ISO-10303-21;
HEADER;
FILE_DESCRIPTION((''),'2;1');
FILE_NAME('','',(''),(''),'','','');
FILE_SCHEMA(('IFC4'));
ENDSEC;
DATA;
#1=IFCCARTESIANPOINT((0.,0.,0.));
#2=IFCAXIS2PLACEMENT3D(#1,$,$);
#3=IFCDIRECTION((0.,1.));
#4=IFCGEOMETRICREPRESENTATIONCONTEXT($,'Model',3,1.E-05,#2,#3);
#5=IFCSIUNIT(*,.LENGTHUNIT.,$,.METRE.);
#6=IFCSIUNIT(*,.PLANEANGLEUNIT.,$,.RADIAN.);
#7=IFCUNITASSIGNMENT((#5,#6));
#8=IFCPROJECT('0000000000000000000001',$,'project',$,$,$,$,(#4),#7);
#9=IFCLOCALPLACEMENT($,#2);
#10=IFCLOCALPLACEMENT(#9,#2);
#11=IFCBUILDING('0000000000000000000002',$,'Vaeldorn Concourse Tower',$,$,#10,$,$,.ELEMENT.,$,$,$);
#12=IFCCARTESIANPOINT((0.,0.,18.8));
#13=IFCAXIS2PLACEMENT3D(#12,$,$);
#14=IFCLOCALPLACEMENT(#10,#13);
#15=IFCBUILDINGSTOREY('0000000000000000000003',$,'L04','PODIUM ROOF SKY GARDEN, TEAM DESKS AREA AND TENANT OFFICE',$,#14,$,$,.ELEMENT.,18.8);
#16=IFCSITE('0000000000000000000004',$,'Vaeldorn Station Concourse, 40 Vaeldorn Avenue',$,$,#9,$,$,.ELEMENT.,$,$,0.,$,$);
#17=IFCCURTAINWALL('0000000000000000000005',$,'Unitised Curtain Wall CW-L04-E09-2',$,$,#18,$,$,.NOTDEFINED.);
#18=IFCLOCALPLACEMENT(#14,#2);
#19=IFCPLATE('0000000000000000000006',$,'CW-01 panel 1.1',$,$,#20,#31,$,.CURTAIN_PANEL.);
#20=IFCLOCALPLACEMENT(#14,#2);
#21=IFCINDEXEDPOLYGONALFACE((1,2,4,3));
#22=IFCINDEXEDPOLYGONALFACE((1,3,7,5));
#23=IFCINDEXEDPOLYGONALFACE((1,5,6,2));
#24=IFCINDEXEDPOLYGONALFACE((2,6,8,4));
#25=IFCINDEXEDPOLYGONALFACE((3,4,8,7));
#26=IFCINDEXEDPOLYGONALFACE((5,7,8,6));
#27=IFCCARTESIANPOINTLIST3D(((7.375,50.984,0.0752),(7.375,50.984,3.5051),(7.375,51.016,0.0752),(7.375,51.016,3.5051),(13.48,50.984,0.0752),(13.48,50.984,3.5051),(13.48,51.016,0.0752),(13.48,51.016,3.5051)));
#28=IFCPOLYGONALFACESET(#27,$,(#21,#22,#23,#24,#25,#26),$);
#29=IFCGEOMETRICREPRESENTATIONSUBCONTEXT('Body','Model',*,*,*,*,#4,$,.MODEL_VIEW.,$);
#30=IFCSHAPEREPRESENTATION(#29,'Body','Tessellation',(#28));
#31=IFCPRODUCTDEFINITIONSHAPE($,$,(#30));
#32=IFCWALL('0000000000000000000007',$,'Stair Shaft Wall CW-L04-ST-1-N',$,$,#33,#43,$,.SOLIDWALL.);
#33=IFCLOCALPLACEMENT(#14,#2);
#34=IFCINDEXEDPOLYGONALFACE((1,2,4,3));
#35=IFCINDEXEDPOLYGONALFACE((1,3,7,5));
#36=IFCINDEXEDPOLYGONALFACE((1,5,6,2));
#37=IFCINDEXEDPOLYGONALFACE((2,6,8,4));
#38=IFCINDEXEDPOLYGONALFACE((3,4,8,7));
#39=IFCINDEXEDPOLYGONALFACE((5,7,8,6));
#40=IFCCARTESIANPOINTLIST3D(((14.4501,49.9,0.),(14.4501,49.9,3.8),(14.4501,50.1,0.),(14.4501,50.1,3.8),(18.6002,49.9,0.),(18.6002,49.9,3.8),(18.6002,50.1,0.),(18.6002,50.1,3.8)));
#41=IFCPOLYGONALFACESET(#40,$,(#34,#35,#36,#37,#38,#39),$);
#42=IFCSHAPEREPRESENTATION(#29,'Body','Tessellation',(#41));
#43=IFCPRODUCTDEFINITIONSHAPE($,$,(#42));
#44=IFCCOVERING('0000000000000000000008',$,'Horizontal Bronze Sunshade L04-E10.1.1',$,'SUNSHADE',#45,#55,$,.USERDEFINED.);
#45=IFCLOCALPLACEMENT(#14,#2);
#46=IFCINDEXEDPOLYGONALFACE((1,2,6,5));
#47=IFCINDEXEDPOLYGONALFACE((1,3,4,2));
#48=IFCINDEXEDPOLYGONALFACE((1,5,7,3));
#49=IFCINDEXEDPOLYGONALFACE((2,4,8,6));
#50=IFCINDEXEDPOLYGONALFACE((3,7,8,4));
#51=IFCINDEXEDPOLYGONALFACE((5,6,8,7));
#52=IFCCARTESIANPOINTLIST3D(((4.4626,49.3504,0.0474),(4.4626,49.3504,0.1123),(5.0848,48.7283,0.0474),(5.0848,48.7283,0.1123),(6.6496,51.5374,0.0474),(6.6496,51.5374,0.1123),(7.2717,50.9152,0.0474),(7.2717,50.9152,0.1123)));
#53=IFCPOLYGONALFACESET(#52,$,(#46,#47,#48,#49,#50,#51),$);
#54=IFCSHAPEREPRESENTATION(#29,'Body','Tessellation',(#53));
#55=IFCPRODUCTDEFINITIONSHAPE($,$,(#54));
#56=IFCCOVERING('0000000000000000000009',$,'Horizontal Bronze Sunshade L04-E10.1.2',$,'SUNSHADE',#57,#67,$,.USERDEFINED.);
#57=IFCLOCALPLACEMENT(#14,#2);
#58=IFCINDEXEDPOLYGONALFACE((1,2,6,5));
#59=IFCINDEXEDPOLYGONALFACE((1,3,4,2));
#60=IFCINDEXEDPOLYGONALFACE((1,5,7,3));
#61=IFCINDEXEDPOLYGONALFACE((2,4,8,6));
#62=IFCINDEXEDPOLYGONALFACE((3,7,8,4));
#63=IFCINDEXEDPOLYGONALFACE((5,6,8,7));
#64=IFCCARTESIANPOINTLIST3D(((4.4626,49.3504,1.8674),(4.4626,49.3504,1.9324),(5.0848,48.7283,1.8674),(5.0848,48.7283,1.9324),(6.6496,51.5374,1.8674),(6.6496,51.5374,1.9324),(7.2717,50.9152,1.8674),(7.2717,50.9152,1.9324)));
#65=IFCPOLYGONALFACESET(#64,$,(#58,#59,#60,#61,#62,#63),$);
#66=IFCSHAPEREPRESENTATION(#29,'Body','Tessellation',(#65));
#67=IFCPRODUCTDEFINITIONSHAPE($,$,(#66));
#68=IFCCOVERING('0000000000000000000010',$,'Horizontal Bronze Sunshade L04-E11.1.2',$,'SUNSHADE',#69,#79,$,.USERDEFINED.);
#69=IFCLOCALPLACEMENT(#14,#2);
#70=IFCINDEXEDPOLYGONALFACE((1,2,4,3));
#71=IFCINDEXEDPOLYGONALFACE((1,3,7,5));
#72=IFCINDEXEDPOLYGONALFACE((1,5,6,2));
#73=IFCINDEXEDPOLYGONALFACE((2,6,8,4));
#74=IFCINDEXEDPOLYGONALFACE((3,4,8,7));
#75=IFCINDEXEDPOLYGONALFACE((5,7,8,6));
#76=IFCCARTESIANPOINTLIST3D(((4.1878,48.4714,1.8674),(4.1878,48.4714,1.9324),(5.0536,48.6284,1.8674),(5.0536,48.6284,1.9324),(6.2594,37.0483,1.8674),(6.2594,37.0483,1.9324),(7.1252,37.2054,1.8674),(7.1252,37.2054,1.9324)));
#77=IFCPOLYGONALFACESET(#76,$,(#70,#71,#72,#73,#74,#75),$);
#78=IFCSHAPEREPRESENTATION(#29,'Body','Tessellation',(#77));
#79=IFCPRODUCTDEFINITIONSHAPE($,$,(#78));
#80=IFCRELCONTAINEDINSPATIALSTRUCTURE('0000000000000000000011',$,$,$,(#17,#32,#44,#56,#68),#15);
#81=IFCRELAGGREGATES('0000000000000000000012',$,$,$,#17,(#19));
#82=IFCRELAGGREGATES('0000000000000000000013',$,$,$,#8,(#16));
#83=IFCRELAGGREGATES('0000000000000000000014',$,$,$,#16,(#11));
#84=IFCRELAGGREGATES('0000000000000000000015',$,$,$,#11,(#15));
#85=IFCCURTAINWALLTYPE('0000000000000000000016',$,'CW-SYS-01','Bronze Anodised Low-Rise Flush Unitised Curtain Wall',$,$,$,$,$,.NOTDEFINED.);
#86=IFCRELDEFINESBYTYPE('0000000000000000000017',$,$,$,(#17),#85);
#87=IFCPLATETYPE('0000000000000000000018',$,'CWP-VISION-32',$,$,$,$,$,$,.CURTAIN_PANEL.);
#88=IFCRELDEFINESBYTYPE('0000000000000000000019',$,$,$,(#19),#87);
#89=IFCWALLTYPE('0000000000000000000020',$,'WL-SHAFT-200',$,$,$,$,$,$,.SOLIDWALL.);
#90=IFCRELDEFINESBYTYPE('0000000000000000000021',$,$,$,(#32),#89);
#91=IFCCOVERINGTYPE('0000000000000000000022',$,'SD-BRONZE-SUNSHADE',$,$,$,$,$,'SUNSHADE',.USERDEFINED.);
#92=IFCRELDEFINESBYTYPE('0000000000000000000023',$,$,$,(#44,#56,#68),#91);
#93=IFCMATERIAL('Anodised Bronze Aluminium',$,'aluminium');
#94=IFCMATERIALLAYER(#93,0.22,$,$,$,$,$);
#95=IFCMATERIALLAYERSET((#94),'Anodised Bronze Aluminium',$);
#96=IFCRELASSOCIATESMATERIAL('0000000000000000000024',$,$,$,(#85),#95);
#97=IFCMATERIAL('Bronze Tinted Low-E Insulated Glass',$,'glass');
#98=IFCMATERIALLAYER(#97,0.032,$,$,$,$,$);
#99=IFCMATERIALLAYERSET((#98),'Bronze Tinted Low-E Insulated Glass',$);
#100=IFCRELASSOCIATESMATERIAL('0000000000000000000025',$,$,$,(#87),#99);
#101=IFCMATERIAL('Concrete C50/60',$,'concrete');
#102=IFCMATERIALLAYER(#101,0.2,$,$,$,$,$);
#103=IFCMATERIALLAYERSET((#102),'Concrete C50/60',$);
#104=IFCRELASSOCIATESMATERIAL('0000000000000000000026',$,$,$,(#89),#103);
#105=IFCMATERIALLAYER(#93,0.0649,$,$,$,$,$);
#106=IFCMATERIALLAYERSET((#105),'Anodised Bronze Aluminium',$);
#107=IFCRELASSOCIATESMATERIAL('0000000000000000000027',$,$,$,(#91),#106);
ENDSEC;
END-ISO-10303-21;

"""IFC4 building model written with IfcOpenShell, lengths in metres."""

from ifc_helpers import new_model, si_unit, direction, frame, frame_2d, origin, origin_2d, place, context, subcontext, project, spatial, rectangle, extrude, source, transform, mapped, material, layer, layer_set, type_object, element, aggregate, save


model = new_model("IFC4")

# Units and contexts
model_context = context("Model", 3, precision=1e-05, world=origin(), true_north=direction((0.0, 1.0)))
body_context = subcontext(model_context, "Body", "Model", "MODEL_VIEW")
ifc_project = project(units=[si_unit("LENGTHUNIT", "METRE"), si_unit("PLANEANGLEUNIT", "RADIAN")], contexts=[model_context])

# Site, building, storey
site_placement = place(None, origin())
site = spatial("IfcSite", under=ifc_project, at=site_placement, Name="Vaeldorn Station Concourse, 40 Vaeldorn Avenue", CompositionType="ELEMENT", RefElevation=0.0)
building_placement = place(site_placement, origin())
building = spatial("IfcBuilding", under=site, at=building_placement, Name="Vaeldorn Concourse Tower", CompositionType="ELEMENT")
storey_placement = place(building_placement, frame((0.0, 0.0, 18.8)))
storey = spatial("IfcBuildingStorey", under=building, at=storey_placement, Name="L04", Description="PODIUM ROOF SKY GARDEN, TEAM DESKS AREA AND TENANT OFFICE", CompositionType="ELEMENT", Elevation=18.8)

# Curtain wall
ifc_material_1 = material(Name="Anodised Bronze Aluminium", Category="aluminium")
ifc_layer_1 = layer(ifc_material_1, 0.22)
ifc_layer_set_1 = layer_set([ifc_layer_1], Name="Anodised Bronze Aluminium")
curtain_wall_type_1 = type_object("IfcCurtainWallType", Name="CW-SYS-01", Description="Bronze Anodised Low-Rise Flush Unitised Curtain Wall", PredefinedType="NOTDEFINED", material=ifc_layer_set_1)
curtain_wall_1_placement = place(storey_placement, origin())
curtain_wall_1 = element("IfcCurtainWall", 1, at=curtain_wall_1_placement, inside=storey, type_object=curtain_wall_type_1, Name="Unitised Curtain Wall CW-L04-E09-2", PredefinedType="NOTDEFINED")

# Plate
ifc_material_2 = material(Name="Bronze Tinted Low-E Insulated Glass", Category="glass")
ifc_layer_2 = layer(ifc_material_2, 0.032)
ifc_layer_set_2 = layer_set([ifc_layer_2], Name="Bronze Tinted Low-E Insulated Glass")
plate_type = type_object("IfcPlateType", Name="CWP-VISION-32", PredefinedType="CURTAIN_PANEL", material=ifc_layer_set_2)
shared_shape_1 = source(origin(), body_context, "Body", "SweptSolid", [
    extrude(rectangle(XDim=6.105, YDim=0.032, at=origin_2d()), origin(), (0.0, 0.0, 1.0), 3.4299),
])
plate_1_placement = place(storey_placement, frame((10.4275, 51.0, 0.0752), z_axis=(0.0, 0.0, 1.0), x_axis=(-1.0, 0.0, 0.0)))
plate_1 = element("IfcPlate", 2, at=plate_1_placement, type_object=plate_type, Name="CW-01 panel 1.1", PredefinedType="CURTAIN_PANEL", context=body_context, shape_type="MappedRepresentation", body=[
    mapped(shared_shape_1, transform((0.0, 0.0, 0.0), scale=1.0)),
])
aggregate(curtain_wall_1, [plate_1])

# Wall
ifc_material_3 = material(Name="Concrete C50/60", Category="concrete")
ifc_layer_3 = layer(ifc_material_3, 0.2)
ifc_layer_set_3 = layer_set([ifc_layer_3], Name="Concrete C50/60")
wall_type = type_object("IfcWallType", Name="WL-SHAFT-200", PredefinedType="SOLIDWALL", material=ifc_layer_set_3)
wall_placement = place(storey_placement, frame((14.45, 50.0, 0.0), z_axis=(0.0, 0.0, 1.0), x_axis=(1.0, 0.0, 0.0)))
element("IfcWall", 3, at=wall_placement, inside=storey, type_object=wall_type, Name="Stair Shaft Wall CW-L04-ST-1-N", PredefinedType="SOLIDWALL", context=body_context, shape_type="SweptSolid", body=[
    extrude(rectangle(XDim=4.1501, YDim=0.2, at=frame_2d((2.0752, 0.0))), origin(), (0.0, 0.0, 1.0), 3.8),
])

# Coverings
ifc_layer_4 = layer(ifc_material_1, 0.0649)
ifc_layer_set_4 = layer_set([ifc_layer_4], Name="Anodised Bronze Aluminium")
covering_type = type_object("IfcCoveringType", Name="SD-BRONZE-SUNSHADE", ElementType="SUNSHADE", PredefinedType="USERDEFINED", material=ifc_layer_set_4)
shared_shape_2 = source(origin(), body_context, "Body", "SweptSolid", [
    extrude(rectangle(XDim=3.0928, YDim=0.8799, at=origin_2d()), origin(), (0.0, 0.0, 1.0), 0.0649),
])
for number, where, z_axis, x_axis, name in (
    (4, (5.8672, 50.1328, 0.0474), (0.0, 0.0, 1.0), (-0.707107, -0.707107, 0.0), "Horizontal Bronze Sunshade L04-E10.1.1"),
    (5, (5.8672, 50.1328, 1.8674), (0.0, 0.0, 1.0), (-0.707107, -0.707107, 0.0), "Horizontal Bronze Sunshade L04-E10.1.2"),
):
    element("IfcCovering", number, at=place(storey_placement, frame(where, z_axis=z_axis, x_axis=x_axis)), inside=storey, type_object=covering_type, Name=name, ObjectType="SUNSHADE", PredefinedType="USERDEFINED", context=body_context, shape_type="MappedRepresentation", body=[
        mapped(shared_shape_2, transform((0.0, 0.0, 0.0), scale=1.0)),
    ])
shared_shape_3 = source(origin(), body_context, "Body", "SweptSolid", [
    extrude(rectangle(XDim=11.6094, YDim=0.8799, at=origin_2d()), origin(), (0.0, 0.0, 1.0), 0.0649),
])
covering_placement = place(storey_placement, frame((5.6565, 42.8384, 1.8674), z_axis=(0.0, 0.0, 1.0), x_axis=(0.178442, -0.983951, 0.0)))
element("IfcCovering", 6, at=covering_placement, inside=storey, type_object=covering_type, Name="Horizontal Bronze Sunshade L04-E11.1.2", ObjectType="SUNSHADE", PredefinedType="USERDEFINED", context=body_context, shape_type="MappedRepresentation", body=[
    mapped(shared_shape_3, transform((0.0, 0.0, 0.0), scale=1.0)),
])

save(model, "model.ifc")
